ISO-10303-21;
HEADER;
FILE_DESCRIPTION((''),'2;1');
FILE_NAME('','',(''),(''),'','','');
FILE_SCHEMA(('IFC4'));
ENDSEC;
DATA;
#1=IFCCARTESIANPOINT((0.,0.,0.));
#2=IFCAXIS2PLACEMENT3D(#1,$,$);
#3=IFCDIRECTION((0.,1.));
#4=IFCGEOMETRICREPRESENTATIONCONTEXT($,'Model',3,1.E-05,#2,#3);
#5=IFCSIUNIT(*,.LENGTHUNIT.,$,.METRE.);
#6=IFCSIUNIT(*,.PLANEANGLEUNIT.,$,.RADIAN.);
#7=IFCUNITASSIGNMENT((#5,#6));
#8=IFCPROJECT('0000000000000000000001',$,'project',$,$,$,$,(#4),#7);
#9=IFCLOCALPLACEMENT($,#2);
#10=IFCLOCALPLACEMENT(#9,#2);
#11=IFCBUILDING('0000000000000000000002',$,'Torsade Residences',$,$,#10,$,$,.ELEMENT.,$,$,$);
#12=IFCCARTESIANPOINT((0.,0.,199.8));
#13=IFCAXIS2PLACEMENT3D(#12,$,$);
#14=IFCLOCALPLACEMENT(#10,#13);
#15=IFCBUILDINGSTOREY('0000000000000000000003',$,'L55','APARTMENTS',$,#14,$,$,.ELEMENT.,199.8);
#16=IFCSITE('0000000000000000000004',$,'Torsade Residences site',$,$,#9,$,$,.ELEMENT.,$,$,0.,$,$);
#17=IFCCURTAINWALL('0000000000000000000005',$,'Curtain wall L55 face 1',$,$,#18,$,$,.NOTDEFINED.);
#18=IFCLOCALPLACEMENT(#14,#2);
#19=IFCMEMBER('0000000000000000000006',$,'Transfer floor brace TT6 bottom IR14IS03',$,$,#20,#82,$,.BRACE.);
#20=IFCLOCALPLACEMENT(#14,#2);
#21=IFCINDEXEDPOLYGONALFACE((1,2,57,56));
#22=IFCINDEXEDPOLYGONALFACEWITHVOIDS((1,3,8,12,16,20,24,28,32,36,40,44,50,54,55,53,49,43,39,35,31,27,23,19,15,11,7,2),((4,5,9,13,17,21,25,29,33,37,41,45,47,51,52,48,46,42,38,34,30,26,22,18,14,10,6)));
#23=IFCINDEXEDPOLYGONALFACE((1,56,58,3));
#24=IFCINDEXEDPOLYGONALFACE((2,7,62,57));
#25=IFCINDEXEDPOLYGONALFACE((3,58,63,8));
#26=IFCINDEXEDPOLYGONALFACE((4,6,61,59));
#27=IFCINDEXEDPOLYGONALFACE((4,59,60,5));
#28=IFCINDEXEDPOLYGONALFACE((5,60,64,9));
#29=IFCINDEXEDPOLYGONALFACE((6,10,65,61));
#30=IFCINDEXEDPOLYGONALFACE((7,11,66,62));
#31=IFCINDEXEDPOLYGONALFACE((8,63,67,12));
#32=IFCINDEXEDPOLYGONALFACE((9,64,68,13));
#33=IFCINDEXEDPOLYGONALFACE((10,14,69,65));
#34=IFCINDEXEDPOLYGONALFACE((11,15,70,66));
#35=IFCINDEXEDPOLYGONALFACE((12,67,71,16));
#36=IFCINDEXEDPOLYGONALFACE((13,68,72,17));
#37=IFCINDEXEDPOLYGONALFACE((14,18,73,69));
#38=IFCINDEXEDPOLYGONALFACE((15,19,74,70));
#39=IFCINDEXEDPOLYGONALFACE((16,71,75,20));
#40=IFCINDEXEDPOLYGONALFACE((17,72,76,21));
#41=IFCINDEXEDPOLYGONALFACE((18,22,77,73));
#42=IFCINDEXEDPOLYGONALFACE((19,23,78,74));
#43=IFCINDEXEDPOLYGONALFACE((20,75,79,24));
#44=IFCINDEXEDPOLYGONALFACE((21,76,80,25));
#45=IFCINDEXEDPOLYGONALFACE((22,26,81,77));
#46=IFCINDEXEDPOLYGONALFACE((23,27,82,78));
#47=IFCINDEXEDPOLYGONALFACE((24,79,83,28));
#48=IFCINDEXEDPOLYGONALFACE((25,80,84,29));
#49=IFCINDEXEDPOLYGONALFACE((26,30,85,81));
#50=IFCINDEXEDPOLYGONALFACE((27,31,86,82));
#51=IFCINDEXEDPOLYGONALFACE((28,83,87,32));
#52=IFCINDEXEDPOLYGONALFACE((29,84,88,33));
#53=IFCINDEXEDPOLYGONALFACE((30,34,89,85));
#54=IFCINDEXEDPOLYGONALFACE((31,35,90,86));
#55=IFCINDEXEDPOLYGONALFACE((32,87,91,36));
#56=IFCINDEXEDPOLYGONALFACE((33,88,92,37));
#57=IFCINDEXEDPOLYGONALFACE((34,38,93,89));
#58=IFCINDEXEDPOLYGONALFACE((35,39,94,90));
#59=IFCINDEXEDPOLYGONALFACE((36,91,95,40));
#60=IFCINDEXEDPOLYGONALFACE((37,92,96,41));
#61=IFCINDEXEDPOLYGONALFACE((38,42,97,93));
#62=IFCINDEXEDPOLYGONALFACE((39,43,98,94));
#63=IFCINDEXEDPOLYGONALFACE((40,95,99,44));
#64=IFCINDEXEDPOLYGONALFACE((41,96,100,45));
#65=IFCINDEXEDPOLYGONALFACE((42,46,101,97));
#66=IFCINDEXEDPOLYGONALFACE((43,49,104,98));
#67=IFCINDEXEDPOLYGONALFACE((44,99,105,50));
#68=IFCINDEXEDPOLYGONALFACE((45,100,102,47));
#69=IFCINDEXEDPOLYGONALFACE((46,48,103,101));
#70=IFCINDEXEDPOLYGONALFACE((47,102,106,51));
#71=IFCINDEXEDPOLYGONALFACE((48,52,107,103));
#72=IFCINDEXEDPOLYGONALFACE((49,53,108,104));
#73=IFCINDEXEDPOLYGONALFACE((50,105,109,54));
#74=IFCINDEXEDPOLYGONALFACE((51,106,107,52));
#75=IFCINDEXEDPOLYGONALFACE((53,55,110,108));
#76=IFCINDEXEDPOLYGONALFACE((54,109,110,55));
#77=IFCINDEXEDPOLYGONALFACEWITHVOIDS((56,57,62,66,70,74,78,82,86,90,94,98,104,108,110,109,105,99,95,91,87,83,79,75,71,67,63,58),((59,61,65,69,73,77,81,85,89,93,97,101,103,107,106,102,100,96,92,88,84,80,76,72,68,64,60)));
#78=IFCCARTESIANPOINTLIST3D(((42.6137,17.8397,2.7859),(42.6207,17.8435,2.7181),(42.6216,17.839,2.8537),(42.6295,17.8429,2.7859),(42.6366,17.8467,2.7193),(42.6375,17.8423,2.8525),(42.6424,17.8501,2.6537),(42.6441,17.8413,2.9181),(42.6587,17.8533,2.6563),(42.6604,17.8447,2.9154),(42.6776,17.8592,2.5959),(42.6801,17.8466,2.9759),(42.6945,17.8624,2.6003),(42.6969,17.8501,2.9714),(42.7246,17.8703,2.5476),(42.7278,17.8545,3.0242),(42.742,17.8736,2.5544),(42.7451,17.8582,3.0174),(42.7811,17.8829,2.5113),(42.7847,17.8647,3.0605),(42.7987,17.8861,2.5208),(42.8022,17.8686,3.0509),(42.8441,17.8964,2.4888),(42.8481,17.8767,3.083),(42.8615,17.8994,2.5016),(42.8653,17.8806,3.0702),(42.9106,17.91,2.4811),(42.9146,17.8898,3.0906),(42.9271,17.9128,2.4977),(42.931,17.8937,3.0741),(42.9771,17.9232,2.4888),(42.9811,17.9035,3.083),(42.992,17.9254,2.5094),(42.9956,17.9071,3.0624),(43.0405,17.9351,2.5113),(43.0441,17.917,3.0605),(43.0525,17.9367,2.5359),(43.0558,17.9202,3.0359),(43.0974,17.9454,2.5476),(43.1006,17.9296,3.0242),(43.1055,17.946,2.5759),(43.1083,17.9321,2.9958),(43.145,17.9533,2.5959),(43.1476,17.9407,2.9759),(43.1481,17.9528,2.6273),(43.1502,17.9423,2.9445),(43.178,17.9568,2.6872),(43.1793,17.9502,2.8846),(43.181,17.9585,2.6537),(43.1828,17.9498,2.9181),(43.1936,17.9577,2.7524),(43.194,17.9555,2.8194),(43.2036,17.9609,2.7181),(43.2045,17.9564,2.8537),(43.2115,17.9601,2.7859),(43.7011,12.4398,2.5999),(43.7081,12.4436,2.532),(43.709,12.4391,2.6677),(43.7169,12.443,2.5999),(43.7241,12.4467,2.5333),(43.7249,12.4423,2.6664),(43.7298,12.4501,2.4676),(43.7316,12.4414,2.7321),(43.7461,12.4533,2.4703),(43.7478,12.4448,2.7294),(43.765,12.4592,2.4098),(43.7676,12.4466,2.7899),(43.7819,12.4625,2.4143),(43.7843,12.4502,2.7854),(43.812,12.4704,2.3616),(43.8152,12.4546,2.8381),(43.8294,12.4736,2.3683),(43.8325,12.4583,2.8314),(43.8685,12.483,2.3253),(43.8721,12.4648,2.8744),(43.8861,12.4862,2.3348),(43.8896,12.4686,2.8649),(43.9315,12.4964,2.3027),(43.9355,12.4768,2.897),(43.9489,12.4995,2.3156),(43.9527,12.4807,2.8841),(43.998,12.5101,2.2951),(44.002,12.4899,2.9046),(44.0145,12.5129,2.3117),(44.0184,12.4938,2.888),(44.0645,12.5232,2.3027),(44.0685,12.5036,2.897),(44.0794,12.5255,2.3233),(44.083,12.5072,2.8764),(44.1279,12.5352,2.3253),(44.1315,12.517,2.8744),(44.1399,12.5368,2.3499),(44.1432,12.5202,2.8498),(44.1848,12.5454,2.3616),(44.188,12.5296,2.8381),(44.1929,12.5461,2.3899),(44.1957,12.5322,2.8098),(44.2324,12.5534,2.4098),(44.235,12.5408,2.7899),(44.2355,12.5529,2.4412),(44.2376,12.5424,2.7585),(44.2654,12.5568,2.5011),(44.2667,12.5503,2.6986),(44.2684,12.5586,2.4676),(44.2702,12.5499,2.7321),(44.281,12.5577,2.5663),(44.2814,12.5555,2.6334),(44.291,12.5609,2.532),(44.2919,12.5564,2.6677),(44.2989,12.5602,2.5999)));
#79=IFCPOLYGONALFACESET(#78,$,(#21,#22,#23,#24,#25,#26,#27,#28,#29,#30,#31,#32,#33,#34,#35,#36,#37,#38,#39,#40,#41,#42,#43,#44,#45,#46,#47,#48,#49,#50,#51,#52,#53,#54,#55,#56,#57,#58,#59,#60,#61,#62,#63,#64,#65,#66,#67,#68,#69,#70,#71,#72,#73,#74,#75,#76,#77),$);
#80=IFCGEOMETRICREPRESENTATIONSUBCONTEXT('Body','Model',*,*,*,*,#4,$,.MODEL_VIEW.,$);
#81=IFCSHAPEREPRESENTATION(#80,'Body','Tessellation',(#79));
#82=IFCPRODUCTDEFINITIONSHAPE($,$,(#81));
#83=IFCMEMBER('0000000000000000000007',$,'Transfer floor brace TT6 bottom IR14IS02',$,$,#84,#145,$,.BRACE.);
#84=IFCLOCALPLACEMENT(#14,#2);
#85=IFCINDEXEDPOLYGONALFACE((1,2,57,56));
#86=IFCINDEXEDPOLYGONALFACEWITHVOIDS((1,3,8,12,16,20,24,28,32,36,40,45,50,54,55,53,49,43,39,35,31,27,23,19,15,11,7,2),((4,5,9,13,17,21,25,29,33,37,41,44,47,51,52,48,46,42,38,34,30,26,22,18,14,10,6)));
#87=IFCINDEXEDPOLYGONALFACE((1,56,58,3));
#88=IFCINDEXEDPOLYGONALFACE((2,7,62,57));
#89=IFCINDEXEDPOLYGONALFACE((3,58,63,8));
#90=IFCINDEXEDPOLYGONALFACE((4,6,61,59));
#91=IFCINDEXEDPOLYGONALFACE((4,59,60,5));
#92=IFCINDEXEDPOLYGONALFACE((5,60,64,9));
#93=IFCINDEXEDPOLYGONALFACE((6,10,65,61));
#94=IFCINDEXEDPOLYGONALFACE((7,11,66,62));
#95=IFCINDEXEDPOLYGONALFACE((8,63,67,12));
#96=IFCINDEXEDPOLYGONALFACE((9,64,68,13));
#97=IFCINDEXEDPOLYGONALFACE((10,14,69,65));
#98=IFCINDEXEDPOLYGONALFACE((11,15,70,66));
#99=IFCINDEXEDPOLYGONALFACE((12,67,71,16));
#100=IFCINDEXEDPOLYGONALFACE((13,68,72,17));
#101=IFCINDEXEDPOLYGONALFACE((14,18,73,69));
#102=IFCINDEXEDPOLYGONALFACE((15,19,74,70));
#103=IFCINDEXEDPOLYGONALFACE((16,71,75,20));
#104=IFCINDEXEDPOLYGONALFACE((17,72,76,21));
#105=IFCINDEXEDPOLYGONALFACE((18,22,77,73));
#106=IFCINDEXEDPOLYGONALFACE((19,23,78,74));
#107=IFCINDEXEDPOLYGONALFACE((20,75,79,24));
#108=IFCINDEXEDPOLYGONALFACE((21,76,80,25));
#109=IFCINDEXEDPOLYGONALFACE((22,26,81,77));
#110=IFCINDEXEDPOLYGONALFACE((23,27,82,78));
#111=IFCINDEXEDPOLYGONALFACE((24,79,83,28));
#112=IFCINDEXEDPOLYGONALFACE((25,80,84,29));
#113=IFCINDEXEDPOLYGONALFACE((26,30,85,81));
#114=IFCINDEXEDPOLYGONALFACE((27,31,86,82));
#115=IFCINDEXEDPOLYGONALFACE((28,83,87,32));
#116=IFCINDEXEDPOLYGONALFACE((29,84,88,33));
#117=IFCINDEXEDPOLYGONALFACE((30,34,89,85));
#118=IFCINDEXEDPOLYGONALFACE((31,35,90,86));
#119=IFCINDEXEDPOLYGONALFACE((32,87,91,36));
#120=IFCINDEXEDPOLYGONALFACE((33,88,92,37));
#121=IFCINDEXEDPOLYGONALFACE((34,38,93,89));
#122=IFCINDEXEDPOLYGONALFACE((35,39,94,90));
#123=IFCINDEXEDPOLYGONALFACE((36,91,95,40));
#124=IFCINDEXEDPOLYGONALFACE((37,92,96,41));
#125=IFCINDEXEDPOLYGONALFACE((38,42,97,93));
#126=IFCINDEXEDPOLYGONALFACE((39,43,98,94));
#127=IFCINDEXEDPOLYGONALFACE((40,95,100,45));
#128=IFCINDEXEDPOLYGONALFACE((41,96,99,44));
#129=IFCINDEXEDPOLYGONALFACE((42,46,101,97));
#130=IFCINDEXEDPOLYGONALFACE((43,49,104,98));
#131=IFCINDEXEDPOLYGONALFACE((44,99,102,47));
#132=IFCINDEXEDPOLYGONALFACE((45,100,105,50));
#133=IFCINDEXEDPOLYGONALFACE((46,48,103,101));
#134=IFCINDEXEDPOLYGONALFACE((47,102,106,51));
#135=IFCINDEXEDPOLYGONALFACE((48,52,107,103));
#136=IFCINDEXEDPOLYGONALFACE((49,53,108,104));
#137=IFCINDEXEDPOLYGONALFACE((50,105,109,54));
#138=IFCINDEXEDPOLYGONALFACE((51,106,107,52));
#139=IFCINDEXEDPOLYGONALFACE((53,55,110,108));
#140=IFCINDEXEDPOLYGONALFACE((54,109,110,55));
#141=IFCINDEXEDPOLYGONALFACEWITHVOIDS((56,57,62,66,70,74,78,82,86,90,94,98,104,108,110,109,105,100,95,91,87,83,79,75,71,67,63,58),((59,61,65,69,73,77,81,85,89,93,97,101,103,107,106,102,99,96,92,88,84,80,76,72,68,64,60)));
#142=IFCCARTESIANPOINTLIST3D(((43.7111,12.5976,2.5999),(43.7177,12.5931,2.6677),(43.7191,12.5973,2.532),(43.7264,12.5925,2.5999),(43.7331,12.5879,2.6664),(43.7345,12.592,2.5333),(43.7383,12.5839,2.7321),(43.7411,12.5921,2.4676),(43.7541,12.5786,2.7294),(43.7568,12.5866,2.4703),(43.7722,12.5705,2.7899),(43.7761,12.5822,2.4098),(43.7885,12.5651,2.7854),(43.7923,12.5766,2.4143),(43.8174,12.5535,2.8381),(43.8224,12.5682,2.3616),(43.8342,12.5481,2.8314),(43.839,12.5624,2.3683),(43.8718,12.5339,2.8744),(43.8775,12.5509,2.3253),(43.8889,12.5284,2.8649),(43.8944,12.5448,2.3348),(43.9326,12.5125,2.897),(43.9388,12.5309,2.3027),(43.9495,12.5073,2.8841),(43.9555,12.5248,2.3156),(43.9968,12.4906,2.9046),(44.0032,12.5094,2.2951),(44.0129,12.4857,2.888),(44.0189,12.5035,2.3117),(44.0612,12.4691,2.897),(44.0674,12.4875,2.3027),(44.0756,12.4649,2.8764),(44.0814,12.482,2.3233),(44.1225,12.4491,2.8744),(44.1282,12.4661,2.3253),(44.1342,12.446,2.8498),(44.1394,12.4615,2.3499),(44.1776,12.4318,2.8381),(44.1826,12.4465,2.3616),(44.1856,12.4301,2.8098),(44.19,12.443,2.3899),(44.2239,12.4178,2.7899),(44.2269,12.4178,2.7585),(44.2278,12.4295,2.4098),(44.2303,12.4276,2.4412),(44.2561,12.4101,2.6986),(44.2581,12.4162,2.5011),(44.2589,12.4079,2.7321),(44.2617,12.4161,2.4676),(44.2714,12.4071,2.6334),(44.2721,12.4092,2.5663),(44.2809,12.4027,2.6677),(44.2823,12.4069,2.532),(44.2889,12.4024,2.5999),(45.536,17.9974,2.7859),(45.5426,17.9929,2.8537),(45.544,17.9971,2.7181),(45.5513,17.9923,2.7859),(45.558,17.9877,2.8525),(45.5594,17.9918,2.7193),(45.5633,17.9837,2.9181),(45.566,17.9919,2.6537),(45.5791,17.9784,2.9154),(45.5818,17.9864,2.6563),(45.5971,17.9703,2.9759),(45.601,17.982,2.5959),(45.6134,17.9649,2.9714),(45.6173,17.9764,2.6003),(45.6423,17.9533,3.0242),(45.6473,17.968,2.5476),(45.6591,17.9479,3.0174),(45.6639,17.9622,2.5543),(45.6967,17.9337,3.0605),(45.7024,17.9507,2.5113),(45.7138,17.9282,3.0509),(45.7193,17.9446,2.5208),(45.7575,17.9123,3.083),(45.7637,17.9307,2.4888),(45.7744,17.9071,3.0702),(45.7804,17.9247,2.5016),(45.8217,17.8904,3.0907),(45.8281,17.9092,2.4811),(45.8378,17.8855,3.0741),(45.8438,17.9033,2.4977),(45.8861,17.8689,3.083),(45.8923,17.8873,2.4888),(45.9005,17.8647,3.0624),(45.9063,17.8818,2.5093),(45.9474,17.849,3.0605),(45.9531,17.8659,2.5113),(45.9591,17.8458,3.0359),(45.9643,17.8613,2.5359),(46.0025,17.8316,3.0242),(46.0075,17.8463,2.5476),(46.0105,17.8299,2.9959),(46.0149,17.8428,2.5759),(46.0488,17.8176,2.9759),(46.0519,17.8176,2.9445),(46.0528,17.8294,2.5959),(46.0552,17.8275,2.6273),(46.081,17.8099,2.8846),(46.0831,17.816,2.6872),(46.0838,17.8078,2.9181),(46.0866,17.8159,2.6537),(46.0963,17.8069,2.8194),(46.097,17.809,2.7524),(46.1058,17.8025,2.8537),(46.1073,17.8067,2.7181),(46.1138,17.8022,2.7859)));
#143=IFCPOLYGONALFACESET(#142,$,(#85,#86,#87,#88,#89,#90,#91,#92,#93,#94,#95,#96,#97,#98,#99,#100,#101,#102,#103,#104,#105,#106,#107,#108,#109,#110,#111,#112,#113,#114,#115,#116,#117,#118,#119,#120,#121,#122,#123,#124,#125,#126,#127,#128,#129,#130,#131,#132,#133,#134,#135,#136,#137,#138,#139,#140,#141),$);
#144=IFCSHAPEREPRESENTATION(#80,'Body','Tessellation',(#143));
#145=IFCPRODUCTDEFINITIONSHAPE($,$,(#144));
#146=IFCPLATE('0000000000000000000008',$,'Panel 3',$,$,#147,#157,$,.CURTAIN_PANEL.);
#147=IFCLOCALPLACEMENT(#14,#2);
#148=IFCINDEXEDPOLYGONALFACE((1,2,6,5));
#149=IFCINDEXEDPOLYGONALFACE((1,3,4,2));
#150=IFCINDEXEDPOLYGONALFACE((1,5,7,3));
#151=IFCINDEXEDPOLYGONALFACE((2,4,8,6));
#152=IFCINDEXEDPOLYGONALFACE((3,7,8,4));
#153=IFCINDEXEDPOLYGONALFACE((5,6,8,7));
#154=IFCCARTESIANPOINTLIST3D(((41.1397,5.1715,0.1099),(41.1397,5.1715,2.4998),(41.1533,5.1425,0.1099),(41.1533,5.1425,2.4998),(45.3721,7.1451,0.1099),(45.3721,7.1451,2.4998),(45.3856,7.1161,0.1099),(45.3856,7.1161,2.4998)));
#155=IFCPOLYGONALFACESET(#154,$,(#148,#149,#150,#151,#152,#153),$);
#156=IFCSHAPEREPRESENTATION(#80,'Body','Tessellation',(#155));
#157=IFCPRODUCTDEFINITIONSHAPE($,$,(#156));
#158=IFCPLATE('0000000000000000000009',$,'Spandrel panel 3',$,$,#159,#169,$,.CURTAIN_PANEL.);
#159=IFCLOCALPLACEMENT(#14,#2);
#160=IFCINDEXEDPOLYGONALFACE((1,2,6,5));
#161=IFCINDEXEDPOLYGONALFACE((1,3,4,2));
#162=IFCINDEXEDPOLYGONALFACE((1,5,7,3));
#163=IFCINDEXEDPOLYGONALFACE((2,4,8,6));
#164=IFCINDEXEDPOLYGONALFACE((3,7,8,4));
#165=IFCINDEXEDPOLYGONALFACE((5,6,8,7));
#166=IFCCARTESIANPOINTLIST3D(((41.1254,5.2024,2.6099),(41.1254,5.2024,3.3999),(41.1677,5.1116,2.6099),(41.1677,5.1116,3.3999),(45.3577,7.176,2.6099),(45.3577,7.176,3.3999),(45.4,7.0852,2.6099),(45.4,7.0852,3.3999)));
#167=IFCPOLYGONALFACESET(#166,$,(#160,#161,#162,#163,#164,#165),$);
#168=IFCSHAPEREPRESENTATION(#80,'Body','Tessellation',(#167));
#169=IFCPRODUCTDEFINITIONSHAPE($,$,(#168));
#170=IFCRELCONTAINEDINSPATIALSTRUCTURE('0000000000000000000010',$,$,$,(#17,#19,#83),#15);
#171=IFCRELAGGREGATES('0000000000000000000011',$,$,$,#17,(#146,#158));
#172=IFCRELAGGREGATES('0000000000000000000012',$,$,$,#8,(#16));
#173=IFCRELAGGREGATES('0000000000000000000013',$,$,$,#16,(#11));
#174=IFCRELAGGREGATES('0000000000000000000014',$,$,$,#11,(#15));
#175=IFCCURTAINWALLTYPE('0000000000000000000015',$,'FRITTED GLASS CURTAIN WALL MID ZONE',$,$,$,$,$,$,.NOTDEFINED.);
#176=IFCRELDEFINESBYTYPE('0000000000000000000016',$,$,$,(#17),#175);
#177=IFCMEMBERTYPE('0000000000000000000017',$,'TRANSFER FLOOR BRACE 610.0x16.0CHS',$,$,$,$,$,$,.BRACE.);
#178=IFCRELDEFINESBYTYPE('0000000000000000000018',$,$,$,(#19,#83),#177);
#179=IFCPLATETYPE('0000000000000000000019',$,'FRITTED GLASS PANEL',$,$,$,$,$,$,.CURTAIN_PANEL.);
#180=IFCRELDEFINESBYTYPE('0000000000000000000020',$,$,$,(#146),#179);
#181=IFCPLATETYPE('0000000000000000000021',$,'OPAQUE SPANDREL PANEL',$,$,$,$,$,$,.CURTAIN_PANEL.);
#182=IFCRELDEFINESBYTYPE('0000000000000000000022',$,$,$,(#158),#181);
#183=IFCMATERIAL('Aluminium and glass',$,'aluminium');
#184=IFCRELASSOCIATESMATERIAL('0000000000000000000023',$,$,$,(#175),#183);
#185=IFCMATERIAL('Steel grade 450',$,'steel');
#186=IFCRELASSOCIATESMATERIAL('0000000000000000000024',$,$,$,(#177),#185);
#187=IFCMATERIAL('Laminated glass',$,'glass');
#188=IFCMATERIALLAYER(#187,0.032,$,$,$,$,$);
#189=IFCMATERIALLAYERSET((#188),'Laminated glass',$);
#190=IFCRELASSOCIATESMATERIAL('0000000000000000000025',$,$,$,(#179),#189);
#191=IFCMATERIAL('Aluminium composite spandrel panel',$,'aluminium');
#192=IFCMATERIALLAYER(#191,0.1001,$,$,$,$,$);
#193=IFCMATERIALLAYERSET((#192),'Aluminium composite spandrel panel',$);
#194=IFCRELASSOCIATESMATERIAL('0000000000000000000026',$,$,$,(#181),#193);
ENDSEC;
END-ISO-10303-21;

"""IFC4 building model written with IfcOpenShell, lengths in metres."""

from ifc_helpers import new_model, si_unit, direction, frame, origin, origin_2d, place, context, subcontext, project, spatial, rectangle, hollow_circle, extrude, material, layer, layer_set, material_profile, profile_set, type_object, element, aggregate, save


model = new_model("IFC4")

# Units and contexts
model_context = context("Model", 3, precision=1e-05, world=origin(), true_north=direction((0.0, 1.0)))
body_context = subcontext(model_context, "Body", "Model", "MODEL_VIEW")
ifc_project = project(units=[si_unit("LENGTHUNIT", "METRE"), si_unit("PLANEANGLEUNIT", "RADIAN")], contexts=[model_context])

# Site, building, storey
site_placement = place(None, origin())
site = spatial("IfcSite", under=ifc_project, at=site_placement, Name="Torsade Residences site", CompositionType="ELEMENT", RefElevation=0.0)
building_placement = place(site_placement, origin())
building = spatial("IfcBuilding", under=site, at=building_placement, Name="Torsade Residences", CompositionType="ELEMENT")
storey_placement = place(building_placement, frame((0.0, 0.0, 199.8)))
storey = spatial("IfcBuildingStorey", under=building, at=storey_placement, Name="L55", Description="APARTMENTS", CompositionType="ELEMENT", Elevation=199.8)

# Curtain wall
ifc_material_1 = material(Name="Aluminium and glass", Category="aluminium")
curtain_wall_type = type_object("IfcCurtainWallType", Name="FRITTED GLASS CURTAIN WALL MID ZONE", PredefinedType="NOTDEFINED", material=ifc_material_1)
curtain_wall_placement = place(storey_placement, origin())
curtain_wall = element("IfcCurtainWall", 1, at=curtain_wall_placement, inside=storey, type_object=curtain_wall_type, Name="Curtain wall L55 face 1", PredefinedType="NOTDEFINED")

# Members
ifc_material_2 = material(Name="Steel grade 450", Category="steel")
ifc_material_profile_1 = material_profile(ifc_material_2, hollow_circle(Radius=0.3049, WallThickness=0.0161, at=origin_2d()), Name="610.0x16.0CHS")
ifc_profile_set_1 = profile_set([ifc_material_profile_1], Name="Steel grade 450")
member_type_1 = type_object("IfcMemberType", Name="TRANSFER FLOOR BRACE 610.0x16.0CHS", PredefinedType="BRACE", material=ifc_profile_set_1)
member_1_placement = place(storey_placement, frame((44.0, 12.5, 2.5999), z_axis=(-0.197299, 0.979762, 0.033754), x_axis=(-0.980321, -0.197412, 0.0)))
element("IfcMember", 2, at=member_1_placement, inside=storey, type_object=member_type_1, Name="Transfer floor brace TT6 bottom IR14IS03", PredefinedType="BRACE", context=body_context, shape_type="SweptSolid", body=[
    extrude(hollow_circle(Radius=0.3049, WallThickness=0.0161, at=origin_2d()), origin(), (0.0, 0.0, 1.0), 5.5115),
])
member_2_placement = place(storey_placement, frame((44.0, 12.5, 2.5999), z_axis=(0.319999, 0.946856, 0.032621), x_axis=(-0.94736, 0.32017, 0.0)))
element("IfcMember", 3, at=member_2_placement, inside=storey, type_object=member_type_1, Name="Transfer floor brace TT6 bottom IR14IS02", PredefinedType="BRACE", context=body_context, shape_type="SweptSolid", body=[
    extrude(hollow_circle(Radius=0.3049, WallThickness=0.0161, at=origin_2d()), origin(), (0.0, 0.0, 1.0), 5.7029),
])

# Plates
ifc_material_3 = material(Name="Laminated glass", Category="glass")
ifc_layer_1 = layer(ifc_material_3, 0.032)
ifc_layer_set_1 = layer_set([ifc_layer_1], Name="Laminated glass")
plate_type_1 = type_object("IfcPlateType", Name="FRITTED GLASS PANEL", PredefinedType="CURTAIN_PANEL", material=ifc_layer_set_1)
plate_1_placement = place(storey_placement, frame((43.2627, 6.1438, 0.1099), z_axis=(0.0, 0.0, 1.0), x_axis=(0.906308, 0.422618, 0.0)))
plate_1 = element("IfcPlate", 4, at=plate_1_placement, type_object=plate_type_1, Name="Panel 3", PredefinedType="CURTAIN_PANEL", context=body_context, shape_type="SweptSolid", body=[
    extrude(rectangle(XDim=4.6699, YDim=0.032, at=origin_2d()), origin(), (0.0, 0.0, 1.0), 2.3899),
])
ifc_material_4 = material(Name="Aluminium composite spandrel panel", Category="aluminium")
ifc_layer_2 = layer(ifc_material_4, 0.1001)
ifc_layer_set_2 = layer_set([ifc_layer_2], Name="Aluminium composite spandrel panel")
plate_type_2 = type_object("IfcPlateType", Name="OPAQUE SPANDREL PANEL", PredefinedType="CURTAIN_PANEL", material=ifc_layer_set_2)
plate_2_placement = place(storey_placement, frame((43.2627, 6.1438, 2.6099), z_axis=(0.0, 0.0, 1.0), x_axis=(0.906308, 0.422618, 0.0)))
plate_2 = element("IfcPlate", 5, at=plate_2_placement, type_object=plate_type_2, Name="Spandrel panel 3", PredefinedType="CURTAIN_PANEL", context=body_context, shape_type="SweptSolid", body=[
    extrude(rectangle(XDim=4.6699, YDim=0.1001, at=origin_2d()), origin(), (0.0, 0.0, 1.0), 0.79),
])
aggregate(curtain_wall, [plate_1, plate_2])

save(model, "model.ifc")
